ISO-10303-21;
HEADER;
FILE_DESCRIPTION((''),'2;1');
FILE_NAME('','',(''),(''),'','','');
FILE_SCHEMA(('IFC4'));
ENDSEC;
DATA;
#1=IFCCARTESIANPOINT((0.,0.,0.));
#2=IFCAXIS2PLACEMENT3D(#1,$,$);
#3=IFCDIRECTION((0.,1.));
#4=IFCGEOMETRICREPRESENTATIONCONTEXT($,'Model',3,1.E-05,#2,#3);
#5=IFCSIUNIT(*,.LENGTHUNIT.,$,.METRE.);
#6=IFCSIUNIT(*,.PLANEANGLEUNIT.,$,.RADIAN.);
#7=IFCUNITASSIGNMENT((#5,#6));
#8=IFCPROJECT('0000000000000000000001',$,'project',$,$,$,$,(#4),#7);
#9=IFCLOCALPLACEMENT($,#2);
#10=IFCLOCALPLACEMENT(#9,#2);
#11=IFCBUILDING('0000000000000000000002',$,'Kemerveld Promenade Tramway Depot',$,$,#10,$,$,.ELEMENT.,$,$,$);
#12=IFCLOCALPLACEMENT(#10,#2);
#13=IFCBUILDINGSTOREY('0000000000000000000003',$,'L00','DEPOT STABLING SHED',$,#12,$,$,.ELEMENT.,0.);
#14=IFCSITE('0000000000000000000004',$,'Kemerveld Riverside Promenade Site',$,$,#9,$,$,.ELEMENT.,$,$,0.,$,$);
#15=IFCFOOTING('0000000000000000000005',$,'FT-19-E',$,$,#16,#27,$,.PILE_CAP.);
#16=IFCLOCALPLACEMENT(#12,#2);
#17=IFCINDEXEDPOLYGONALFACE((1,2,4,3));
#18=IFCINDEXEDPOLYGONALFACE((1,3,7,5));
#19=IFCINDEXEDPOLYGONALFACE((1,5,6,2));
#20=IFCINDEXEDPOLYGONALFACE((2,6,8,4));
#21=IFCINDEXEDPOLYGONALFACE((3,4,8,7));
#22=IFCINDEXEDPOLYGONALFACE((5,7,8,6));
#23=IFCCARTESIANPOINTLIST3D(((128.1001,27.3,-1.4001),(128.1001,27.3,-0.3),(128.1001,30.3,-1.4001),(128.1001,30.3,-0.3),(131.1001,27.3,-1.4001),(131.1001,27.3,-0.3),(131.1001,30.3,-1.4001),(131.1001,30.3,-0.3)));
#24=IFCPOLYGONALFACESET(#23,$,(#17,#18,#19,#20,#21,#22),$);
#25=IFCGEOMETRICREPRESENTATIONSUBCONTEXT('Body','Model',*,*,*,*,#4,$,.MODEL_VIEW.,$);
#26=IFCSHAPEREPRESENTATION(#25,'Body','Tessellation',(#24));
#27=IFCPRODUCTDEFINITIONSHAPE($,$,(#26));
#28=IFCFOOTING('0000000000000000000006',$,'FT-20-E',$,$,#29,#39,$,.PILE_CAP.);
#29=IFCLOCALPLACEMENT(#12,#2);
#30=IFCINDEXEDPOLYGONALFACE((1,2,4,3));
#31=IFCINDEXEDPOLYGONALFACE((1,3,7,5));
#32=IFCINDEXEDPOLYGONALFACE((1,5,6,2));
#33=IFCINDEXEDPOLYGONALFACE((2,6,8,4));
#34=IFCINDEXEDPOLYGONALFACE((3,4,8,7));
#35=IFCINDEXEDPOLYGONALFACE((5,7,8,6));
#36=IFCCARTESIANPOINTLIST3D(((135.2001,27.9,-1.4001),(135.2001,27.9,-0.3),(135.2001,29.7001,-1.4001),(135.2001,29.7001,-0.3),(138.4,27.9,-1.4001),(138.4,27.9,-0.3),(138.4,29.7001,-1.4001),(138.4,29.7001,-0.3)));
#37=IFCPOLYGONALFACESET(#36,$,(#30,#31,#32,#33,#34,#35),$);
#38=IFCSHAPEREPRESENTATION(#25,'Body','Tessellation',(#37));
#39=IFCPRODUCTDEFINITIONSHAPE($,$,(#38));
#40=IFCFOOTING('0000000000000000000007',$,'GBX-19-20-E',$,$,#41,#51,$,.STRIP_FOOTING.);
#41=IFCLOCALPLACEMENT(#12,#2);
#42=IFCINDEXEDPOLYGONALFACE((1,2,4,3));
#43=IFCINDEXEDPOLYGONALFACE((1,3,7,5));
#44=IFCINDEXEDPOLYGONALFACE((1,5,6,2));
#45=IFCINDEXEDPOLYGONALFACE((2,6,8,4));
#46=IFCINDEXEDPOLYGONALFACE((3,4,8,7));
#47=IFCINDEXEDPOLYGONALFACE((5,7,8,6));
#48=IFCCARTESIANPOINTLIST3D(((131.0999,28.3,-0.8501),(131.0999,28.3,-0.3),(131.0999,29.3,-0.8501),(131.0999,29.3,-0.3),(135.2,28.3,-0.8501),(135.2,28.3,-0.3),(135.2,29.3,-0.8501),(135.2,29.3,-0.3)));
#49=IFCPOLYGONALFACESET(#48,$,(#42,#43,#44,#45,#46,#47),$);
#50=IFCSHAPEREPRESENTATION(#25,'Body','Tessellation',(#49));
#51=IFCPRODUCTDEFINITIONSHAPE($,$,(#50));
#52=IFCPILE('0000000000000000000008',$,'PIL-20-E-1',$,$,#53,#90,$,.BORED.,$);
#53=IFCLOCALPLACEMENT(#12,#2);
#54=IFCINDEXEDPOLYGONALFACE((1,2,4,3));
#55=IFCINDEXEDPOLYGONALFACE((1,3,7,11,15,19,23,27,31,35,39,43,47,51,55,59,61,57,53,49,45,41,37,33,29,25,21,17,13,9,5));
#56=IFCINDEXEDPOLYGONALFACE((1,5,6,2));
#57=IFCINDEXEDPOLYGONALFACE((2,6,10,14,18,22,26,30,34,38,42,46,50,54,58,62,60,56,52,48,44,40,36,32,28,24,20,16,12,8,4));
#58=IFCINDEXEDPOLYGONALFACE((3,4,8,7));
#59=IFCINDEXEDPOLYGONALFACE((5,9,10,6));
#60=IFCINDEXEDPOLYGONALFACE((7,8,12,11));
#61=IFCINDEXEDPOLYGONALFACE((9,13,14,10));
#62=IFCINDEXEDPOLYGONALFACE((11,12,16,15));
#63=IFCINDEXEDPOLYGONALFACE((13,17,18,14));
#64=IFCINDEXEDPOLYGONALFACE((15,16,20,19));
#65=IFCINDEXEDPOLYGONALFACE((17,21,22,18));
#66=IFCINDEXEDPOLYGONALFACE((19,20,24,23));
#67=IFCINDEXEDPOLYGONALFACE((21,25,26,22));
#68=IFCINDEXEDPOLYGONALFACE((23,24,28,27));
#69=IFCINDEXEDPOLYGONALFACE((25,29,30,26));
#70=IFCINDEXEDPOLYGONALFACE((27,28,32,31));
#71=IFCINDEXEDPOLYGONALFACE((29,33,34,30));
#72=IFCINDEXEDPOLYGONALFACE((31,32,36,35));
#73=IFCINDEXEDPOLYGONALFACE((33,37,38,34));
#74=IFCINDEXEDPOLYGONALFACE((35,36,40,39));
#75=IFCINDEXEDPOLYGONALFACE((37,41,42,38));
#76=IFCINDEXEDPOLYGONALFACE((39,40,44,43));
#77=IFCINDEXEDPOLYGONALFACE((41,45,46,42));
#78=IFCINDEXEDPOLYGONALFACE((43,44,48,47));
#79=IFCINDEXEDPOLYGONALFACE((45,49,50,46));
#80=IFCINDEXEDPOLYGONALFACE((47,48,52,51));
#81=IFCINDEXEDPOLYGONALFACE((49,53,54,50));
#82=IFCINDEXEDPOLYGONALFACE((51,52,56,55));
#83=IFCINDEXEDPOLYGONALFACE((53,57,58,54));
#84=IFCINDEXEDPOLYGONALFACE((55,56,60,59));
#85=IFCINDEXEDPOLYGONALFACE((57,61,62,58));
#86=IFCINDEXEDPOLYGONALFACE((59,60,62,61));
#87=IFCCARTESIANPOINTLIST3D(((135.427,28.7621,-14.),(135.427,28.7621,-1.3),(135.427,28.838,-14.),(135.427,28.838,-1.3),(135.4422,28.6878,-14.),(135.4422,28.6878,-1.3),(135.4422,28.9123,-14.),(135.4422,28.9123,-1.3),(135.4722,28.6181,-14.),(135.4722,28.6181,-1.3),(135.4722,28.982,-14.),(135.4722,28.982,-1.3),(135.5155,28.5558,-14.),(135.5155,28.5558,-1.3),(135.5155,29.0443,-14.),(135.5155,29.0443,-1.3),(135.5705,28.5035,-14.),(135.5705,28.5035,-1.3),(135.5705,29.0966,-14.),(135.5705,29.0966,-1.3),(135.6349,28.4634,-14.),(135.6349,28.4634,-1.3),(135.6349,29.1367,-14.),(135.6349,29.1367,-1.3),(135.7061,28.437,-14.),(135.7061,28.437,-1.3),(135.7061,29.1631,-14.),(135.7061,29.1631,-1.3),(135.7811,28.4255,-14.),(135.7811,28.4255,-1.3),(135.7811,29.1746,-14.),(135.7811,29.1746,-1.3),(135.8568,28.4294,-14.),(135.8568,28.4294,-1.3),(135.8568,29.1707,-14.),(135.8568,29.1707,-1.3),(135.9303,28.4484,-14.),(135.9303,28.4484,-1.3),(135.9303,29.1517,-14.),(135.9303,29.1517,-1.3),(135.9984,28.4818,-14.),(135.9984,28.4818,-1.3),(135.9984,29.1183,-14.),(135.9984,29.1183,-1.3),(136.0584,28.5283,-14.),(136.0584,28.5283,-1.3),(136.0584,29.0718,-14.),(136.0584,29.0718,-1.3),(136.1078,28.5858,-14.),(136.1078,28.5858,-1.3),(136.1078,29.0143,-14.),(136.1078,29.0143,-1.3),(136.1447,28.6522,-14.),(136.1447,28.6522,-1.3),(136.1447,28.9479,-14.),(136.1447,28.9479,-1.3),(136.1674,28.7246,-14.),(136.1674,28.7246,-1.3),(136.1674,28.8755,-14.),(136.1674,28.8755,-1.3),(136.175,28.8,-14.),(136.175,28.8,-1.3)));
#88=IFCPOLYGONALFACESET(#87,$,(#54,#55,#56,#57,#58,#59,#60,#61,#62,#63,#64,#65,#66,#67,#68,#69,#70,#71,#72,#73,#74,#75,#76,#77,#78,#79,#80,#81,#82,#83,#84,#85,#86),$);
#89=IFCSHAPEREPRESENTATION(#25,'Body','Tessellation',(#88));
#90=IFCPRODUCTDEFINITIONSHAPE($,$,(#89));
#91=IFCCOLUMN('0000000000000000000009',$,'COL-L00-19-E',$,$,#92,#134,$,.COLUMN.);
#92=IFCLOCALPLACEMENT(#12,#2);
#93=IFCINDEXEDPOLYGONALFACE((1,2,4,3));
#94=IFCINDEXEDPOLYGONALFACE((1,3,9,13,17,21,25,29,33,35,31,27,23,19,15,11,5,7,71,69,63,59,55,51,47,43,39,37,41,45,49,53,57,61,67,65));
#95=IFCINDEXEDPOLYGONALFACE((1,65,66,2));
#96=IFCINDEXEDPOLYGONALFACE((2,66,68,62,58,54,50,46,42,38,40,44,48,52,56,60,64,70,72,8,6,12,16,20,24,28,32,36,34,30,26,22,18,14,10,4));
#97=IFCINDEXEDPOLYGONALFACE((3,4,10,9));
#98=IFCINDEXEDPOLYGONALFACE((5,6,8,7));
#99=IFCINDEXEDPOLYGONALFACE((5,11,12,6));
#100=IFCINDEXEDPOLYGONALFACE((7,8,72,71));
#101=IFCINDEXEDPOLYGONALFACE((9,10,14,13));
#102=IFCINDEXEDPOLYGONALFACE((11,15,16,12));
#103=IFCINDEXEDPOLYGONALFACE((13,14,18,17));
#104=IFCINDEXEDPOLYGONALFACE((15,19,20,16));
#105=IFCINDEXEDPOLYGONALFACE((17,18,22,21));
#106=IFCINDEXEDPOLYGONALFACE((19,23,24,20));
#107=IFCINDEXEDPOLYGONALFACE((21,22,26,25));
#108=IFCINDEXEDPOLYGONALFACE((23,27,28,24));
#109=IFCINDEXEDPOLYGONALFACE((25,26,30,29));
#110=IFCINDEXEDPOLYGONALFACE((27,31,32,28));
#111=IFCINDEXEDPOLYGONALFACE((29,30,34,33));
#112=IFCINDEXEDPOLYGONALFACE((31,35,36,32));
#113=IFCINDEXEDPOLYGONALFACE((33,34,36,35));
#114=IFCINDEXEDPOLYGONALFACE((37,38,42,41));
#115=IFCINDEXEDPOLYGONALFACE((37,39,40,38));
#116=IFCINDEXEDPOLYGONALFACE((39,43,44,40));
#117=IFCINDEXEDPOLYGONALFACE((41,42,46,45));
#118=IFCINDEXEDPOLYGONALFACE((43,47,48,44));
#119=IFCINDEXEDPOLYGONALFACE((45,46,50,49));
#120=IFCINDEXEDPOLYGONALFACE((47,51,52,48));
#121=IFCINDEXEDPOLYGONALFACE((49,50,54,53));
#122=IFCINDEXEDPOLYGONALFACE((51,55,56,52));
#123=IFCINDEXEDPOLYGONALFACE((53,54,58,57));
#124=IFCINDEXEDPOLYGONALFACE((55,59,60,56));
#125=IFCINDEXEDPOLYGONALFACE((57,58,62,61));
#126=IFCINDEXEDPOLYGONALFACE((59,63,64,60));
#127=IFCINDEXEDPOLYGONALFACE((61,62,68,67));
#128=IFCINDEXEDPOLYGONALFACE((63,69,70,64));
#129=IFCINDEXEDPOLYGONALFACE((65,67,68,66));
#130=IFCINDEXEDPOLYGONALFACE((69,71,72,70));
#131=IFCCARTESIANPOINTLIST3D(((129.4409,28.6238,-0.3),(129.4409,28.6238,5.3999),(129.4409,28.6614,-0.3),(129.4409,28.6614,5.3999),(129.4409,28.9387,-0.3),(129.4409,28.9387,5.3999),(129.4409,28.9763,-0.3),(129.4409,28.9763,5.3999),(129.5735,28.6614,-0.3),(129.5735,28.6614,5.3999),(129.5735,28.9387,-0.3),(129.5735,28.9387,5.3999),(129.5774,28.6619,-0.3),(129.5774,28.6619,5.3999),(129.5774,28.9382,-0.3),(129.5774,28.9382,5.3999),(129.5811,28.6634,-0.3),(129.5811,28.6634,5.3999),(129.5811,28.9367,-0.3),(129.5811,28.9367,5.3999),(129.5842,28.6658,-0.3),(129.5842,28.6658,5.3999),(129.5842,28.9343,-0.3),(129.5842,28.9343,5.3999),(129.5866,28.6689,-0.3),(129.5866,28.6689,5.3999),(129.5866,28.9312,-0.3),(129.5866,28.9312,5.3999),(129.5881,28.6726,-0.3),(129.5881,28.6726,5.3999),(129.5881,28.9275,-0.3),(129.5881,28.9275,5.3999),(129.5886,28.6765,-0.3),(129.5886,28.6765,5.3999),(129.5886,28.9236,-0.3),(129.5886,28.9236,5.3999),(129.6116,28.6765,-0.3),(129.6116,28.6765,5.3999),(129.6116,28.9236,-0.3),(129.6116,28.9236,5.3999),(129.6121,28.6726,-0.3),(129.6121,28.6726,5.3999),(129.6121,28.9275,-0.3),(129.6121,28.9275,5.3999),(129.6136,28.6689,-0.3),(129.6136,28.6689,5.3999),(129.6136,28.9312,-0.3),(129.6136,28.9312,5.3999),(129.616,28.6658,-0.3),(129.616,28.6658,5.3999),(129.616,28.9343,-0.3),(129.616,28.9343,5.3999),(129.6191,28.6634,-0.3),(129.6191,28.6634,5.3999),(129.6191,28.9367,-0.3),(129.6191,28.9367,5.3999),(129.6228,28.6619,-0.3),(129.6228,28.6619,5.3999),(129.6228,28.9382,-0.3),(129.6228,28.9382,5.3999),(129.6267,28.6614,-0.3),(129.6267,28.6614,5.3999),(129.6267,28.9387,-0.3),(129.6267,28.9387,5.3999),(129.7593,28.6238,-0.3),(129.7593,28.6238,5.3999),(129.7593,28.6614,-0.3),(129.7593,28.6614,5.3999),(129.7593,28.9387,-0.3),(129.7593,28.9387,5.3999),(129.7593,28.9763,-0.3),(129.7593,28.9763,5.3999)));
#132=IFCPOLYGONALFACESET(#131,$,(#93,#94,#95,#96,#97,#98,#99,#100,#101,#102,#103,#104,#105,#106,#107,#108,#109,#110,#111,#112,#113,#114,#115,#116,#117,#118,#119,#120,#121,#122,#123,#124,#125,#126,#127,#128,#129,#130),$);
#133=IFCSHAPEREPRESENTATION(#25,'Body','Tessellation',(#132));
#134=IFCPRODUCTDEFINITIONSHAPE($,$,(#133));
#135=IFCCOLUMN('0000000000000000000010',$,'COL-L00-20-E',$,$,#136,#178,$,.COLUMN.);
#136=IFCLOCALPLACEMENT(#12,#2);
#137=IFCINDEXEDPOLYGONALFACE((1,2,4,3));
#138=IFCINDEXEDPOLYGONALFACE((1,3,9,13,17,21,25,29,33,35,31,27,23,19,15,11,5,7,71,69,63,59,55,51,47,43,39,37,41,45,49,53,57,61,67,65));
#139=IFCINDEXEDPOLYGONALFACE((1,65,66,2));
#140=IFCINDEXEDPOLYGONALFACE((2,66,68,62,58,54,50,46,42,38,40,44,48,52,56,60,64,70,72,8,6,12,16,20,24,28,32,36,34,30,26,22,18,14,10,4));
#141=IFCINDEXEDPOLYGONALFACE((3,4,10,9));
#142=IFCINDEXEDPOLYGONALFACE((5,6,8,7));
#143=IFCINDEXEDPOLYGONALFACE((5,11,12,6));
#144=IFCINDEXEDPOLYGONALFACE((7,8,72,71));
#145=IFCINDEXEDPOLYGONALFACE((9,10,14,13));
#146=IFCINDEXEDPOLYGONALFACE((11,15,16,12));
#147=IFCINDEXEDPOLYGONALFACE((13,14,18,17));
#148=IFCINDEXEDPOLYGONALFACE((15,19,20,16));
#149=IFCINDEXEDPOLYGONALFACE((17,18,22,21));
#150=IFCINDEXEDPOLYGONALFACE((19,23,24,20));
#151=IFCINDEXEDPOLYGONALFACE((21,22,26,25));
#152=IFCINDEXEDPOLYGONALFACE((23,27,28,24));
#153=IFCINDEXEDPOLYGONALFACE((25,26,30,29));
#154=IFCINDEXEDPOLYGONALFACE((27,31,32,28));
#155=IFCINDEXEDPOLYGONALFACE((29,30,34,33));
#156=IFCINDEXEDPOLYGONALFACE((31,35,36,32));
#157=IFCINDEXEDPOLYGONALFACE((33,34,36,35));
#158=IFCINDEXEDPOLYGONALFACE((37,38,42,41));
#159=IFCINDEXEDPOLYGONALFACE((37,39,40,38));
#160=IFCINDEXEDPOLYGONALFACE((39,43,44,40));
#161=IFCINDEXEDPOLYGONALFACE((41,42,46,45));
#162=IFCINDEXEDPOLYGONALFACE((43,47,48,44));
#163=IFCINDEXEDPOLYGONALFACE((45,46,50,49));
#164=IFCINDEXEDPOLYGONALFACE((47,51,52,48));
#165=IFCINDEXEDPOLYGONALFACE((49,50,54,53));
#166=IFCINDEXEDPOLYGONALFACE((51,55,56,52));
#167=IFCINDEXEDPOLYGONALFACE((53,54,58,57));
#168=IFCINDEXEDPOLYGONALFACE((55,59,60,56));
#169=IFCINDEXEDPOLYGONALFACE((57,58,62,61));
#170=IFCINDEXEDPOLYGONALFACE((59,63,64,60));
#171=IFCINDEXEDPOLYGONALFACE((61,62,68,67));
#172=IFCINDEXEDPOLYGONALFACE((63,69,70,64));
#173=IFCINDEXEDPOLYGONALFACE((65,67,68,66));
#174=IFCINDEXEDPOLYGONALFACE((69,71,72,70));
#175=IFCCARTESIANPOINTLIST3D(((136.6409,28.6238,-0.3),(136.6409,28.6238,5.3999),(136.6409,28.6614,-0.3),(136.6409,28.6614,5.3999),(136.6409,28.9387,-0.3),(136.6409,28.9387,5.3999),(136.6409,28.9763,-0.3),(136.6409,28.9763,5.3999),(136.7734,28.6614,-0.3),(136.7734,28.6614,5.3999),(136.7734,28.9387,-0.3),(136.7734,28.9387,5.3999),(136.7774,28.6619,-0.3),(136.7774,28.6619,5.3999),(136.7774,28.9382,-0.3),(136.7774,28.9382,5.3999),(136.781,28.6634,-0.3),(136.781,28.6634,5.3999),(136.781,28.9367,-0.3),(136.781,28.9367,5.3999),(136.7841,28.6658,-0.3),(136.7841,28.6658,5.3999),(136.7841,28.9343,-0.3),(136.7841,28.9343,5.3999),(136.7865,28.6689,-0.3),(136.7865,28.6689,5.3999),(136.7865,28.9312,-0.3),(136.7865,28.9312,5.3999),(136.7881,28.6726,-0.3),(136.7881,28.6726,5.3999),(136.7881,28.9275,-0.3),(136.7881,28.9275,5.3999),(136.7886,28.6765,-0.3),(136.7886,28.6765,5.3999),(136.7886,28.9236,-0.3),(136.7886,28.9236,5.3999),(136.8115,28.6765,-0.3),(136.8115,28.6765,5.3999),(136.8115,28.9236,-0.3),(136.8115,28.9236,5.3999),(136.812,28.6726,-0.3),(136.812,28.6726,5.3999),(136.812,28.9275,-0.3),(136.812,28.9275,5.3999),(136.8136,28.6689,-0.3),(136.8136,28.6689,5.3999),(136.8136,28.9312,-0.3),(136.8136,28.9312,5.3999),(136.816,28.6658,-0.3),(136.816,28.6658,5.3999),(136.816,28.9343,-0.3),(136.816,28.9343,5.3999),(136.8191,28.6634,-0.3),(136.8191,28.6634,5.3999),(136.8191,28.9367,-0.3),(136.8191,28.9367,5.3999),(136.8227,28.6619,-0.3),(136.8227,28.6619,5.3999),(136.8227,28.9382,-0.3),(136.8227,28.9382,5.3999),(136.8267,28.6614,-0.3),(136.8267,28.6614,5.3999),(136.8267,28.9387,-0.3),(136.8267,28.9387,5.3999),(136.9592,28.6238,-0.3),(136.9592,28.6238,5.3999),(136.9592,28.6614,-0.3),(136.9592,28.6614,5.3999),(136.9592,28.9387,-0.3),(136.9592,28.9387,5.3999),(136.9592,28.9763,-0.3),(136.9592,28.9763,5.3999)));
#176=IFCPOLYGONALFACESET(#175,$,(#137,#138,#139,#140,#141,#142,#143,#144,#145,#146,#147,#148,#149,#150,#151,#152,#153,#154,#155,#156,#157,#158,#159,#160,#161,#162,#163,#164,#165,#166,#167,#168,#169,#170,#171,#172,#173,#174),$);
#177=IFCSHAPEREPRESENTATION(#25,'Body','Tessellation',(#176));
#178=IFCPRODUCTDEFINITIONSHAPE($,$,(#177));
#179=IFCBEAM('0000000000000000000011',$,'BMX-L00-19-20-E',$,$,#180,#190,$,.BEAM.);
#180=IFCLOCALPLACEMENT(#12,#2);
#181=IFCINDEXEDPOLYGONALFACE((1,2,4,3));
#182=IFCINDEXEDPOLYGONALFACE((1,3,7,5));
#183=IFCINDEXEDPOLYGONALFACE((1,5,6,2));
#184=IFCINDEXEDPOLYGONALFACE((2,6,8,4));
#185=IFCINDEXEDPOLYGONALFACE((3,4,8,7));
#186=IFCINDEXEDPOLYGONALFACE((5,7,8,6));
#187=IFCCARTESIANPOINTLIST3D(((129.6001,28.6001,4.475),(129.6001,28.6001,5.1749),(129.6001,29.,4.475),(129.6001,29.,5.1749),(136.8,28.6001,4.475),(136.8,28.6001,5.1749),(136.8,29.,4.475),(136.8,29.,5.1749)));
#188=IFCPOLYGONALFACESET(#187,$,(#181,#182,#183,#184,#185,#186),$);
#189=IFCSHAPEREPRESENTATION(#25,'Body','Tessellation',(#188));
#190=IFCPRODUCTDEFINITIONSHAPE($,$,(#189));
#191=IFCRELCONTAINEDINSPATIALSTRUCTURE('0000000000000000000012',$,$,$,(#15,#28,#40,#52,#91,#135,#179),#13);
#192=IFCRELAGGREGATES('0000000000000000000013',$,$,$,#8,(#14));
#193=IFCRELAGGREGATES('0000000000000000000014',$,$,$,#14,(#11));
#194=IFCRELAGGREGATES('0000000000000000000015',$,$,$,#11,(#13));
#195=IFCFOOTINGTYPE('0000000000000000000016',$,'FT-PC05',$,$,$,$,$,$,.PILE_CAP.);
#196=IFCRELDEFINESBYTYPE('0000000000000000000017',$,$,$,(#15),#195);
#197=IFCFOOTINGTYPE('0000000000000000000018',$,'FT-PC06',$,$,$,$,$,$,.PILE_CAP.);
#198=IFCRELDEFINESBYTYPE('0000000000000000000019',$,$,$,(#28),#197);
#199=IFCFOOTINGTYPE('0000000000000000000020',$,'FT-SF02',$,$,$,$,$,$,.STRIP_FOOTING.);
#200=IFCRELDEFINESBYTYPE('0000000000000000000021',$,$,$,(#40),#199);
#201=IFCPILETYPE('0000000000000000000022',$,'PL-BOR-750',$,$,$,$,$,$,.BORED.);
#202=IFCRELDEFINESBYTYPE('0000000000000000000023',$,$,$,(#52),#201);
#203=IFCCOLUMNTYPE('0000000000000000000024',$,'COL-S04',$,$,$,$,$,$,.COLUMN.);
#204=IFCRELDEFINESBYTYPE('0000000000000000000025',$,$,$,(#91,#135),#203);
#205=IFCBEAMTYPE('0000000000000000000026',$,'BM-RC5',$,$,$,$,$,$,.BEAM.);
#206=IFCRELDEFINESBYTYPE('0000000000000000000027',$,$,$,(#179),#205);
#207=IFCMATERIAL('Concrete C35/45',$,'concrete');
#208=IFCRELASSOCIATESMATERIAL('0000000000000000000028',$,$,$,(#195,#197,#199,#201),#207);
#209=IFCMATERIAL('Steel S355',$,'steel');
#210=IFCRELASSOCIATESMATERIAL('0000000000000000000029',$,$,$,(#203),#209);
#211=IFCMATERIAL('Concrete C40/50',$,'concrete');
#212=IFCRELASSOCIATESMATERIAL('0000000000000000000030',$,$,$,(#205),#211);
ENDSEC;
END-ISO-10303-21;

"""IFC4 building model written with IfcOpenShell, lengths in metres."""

from ifc_helpers import new_model, si_unit, direction, frame, origin, origin_2d, place, context, subcontext, project, spatial, rectangle, circle, i_section, extrude, material, material_profile, profile_set, type_object, element, save


model = new_model("IFC4")

# Units and contexts
model_context = context("Model", 3, precision=1e-05, world=origin(), true_north=direction((0.0, 1.0)))
body_context = subcontext(model_context, "Body", "Model", "MODEL_VIEW")
ifc_project = project(units=[si_unit("LENGTHUNIT", "METRE"), si_unit("PLANEANGLEUNIT", "RADIAN")], contexts=[model_context])

# Site, building, storey
site_placement = place(None, origin())
site = spatial("IfcSite", under=ifc_project, at=site_placement, Name="Kemerveld Riverside Promenade Site", CompositionType="ELEMENT", RefElevation=0.0)
building_placement = place(site_placement, origin())
building = spatial("IfcBuilding", under=site, at=building_placement, Name="Kemerveld Promenade Tramway Depot", CompositionType="ELEMENT")
storey_placement = place(building_placement, origin())
storey = spatial("IfcBuildingStorey", under=building, at=storey_placement, Name="L00", Description="DEPOT STABLING SHED", CompositionType="ELEMENT", Elevation=0.0)

# Footings
ifc_material_1 = material(Name="Concrete C35/45", Category="concrete")
footing_type_1 = type_object("IfcFootingType", Name="FT-PC05", PredefinedType="PILE_CAP", material=ifc_material_1)
footing_1_placement = place(storey_placement, frame((129.6001, 28.8, -1.4001), z_axis=(0.0, 0.0, 1.0), x_axis=(1.0, 0.0, 0.0)))
element("IfcFooting", 1, at=footing_1_placement, inside=storey, type_object=footing_type_1, Name="FT-19-E", PredefinedType="PILE_CAP", context=body_context, shape_type="SweptSolid", body=[
    extrude(rectangle(XDim=3.0, YDim=3.0, at=origin_2d()), origin(), (0.0, 0.0, 1.0), 1.1001),
])
footing_type_2 = type_object("IfcFootingType", Name="FT-PC06", PredefinedType="PILE_CAP", material=ifc_material_1)
footing_2_placement = place(storey_placement, frame((136.8, 28.8, -1.4001), z_axis=(0.0, 0.0, 1.0), x_axis=(1.0, 0.0, 0.0)))
element("IfcFooting", 2, at=footing_2_placement, inside=storey, type_object=footing_type_2, Name="FT-20-E", PredefinedType="PILE_CAP", context=body_context, shape_type="SweptSolid", body=[
    extrude(rectangle(XDim=3.2, YDim=1.8, at=origin_2d()), origin(), (0.0, 0.0, 1.0), 1.1001),
])
footing_type_3 = type_object("IfcFootingType", Name="FT-SF02", PredefinedType="STRIP_FOOTING", material=ifc_material_1)
footing_3_placement = place(storey_placement, frame((133.1499, 28.8, -0.8501), z_axis=(0.0, 0.0, 1.0), x_axis=(1.0, 0.0, 0.0)))
element("IfcFooting", 3, at=footing_3_placement, inside=storey, type_object=footing_type_3, Name="GBX-19-20-E", PredefinedType="STRIP_FOOTING", context=body_context, shape_type="SweptSolid", body=[
    extrude(rectangle(XDim=4.1001, YDim=1.0, at=origin_2d()), origin(), (0.0, 0.0, 1.0), 0.55),
])

# Pile
ifc_material_profile_1 = material_profile(ifc_material_1, circle(Radius=0.375, at=origin_2d()), Name="PILE-D750")
ifc_profile_set_1 = profile_set([ifc_material_profile_1], Name="Concrete C35/45")
pile_type = type_object("IfcPileType", Name="PL-BOR-750", PredefinedType="BORED", material=ifc_profile_set_1)
pile_placement = place(storey_placement, frame((135.8, 28.8, -1.3), z_axis=(0.0, 0.0, -1.0), x_axis=(1.0, 0.0, 0.0)))
element("IfcPile", 4, at=pile_placement, inside=storey, type_object=pile_type, Name="PIL-20-E-1", PredefinedType="BORED", context=body_context, shape_type="SweptSolid", body=[
    extrude(circle(Radius=0.375, at=origin_2d()), origin(), (0.0, 0.0, 1.0), 12.7),
])

# Columns
ifc_material_2 = material(Name="Steel S355", Category="steel")
ifc_material_profile_2 = material_profile(ifc_material_2, i_section(OverallWidth=0.3184, OverallDepth=0.3525, WebThickness=0.0229, FlangeThickness=0.0376, FilletRadius=0.0151, at=origin_2d()), Name="305x305x240 UC")
ifc_profile_set_2 = profile_set([ifc_material_profile_2], Name="Steel S355")
column_type = type_object("IfcColumnType", Name="COL-S04", PredefinedType="COLUMN", material=ifc_profile_set_2)
for number, where, z_axis, x_axis, name in (
    (5, (129.6001, 28.8, -0.3), (0.0, 0.0, 1.0), (1.0, 0.0, 0.0), "COL-L00-19-E"),
    (6, (136.8, 28.8, -0.3), (0.0, 0.0, 1.0), (1.0, 0.0, 0.0), "COL-L00-20-E"),
):
    element("IfcColumn", number, at=place(storey_placement, frame(where, z_axis=z_axis, x_axis=x_axis)), inside=storey, type_object=column_type, Name=name, PredefinedType="COLUMN", context=body_context, shape_type="SweptSolid", body=[
        extrude(i_section(OverallWidth=0.3184, OverallDepth=0.3525, WebThickness=0.0229, FlangeThickness=0.0376, FilletRadius=0.0151, at=origin_2d()), origin(), (0.0, 0.0, 1.0), 5.7),
    ])

# Beam
ifc_material_3 = material(Name="Concrete C40/50", Category="concrete")
ifc_material_profile_3 = material_profile(ifc_material_3, rectangle(XDim=0.3999, YDim=0.7, at=origin_2d()), Name="RC-BM-400x700")
ifc_profile_set_3 = profile_set([ifc_material_profile_3], Name="Concrete C40/50")
beam_type_1 = type_object("IfcBeamType", Name="BM-RC5", PredefinedType="BEAM", material=ifc_profile_set_3)
beam_1_placement = place(storey_placement, frame((129.6001, 28.8, 4.825), z_axis=(1.0, 0.0, 0.0), x_axis=(0.0, 1.0, 0.0)))
element("IfcBeam", 7, at=beam_1_placement, inside=storey, type_object=beam_type_1, Name="BMX-L00-19-20-E", PredefinedType="BEAM", context=body_context, shape_type="SweptSolid", body=[
    extrude(rectangle(XDim=0.3999, YDim=0.7, at=origin_2d()), origin(), (0.0, 0.0, 1.0), 7.2),
])

save(model, "model.ifc")
